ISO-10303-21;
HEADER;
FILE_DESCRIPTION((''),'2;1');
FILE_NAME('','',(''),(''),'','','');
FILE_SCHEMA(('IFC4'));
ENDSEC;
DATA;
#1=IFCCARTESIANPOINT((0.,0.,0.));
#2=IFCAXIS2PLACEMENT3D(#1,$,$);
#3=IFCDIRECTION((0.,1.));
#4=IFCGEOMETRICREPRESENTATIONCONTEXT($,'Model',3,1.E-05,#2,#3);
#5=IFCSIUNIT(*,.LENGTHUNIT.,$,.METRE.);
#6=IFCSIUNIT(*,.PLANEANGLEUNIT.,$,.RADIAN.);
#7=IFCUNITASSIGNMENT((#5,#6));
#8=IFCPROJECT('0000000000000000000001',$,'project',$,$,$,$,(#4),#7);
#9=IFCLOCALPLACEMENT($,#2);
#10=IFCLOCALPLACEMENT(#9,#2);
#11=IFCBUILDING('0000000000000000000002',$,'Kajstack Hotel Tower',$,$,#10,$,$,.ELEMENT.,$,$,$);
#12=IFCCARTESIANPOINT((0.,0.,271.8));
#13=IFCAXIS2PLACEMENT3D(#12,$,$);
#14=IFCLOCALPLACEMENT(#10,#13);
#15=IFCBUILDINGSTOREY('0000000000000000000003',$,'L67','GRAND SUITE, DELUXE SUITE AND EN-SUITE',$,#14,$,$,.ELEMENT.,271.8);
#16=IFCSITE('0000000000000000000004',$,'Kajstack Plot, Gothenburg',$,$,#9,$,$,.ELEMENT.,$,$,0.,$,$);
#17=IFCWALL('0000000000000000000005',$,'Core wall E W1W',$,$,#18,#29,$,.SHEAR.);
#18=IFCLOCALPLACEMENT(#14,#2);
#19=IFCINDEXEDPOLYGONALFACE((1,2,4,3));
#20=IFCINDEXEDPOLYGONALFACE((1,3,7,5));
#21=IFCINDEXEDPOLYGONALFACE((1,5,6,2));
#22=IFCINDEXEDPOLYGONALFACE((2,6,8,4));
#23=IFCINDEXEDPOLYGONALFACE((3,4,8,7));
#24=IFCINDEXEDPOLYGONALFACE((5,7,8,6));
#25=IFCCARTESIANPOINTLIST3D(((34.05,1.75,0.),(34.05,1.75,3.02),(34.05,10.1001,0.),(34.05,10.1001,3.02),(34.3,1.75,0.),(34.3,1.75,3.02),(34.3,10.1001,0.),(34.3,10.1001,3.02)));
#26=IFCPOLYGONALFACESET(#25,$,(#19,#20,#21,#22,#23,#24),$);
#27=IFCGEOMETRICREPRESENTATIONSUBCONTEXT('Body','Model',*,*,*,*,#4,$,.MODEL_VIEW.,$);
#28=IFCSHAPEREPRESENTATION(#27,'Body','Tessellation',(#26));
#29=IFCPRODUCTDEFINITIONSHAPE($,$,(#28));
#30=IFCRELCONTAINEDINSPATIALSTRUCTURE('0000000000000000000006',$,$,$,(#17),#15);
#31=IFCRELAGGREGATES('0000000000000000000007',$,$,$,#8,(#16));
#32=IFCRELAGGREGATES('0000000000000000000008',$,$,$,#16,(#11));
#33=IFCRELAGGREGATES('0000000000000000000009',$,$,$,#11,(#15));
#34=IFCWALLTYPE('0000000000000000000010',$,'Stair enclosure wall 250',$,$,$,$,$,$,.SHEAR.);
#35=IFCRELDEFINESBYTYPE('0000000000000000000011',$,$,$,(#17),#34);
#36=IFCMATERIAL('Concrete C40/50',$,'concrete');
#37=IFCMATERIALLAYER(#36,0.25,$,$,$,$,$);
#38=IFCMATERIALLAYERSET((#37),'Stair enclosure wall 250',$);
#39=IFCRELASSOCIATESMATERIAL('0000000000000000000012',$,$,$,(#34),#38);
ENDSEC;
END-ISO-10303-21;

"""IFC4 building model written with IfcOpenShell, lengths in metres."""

from ifc_helpers import new_model, si_unit, direction, frame, frame_2d, origin, place, context, subcontext, project, spatial, rectangle, extrude, material, layer, layer_set, type_object, element, save


model = new_model("IFC4")

# Units and contexts
model_context = context("Model", 3, precision=1e-05, world=origin(), true_north=direction((0.0, 1.0)))
body_context = subcontext(model_context, "Body", "Model", "MODEL_VIEW")
ifc_project = project(units=[si_unit("LENGTHUNIT", "METRE"), si_unit("PLANEANGLEUNIT", "RADIAN")], contexts=[model_context])

# Site, building, storey
site_placement = place(None, origin())
site = spatial("IfcSite", under=ifc_project, at=site_placement, Name="Kajstack Plot, Gothenburg", CompositionType="ELEMENT", RefElevation=0.0)
building_placement = place(site_placement, origin())
building = spatial("IfcBuilding", under=site, at=building_placement, Name="Kajstack Hotel Tower", CompositionType="ELEMENT")
storey_placement = place(building_placement, frame((0.0, 0.0, 271.8)))
storey = spatial("IfcBuildingStorey", under=building, at=storey_placement, Name="L67", Description="GRAND SUITE, DELUXE SUITE AND EN-SUITE", CompositionType="ELEMENT", Elevation=271.8)

# Shared definitions
ifc_material_1 = material(Name="Concrete C40/50", Category="concrete")

# Wall
ifc_layer_1 = layer(ifc_material_1, 0.25)
ifc_layer_set_1 = layer_set([ifc_layer_1], Name="Stair enclosure wall 250")
wall_type_1 = type_object("IfcWallType", Name="Stair enclosure wall 250", PredefinedType="SHEAR", material=ifc_layer_set_1)
wall_1_placement = place(storey_placement, frame((34.175, 1.75, 0.0), z_axis=(0.0, 0.0, 1.0), x_axis=(0.0, 1.0, 0.0)))
element("IfcWall", 1, at=wall_1_placement, inside=storey, type_object=wall_type_1, Name="Core wall E W1W", PredefinedType="SHEAR", context=body_context, shape_type="SweptSolid", body=[
    extrude(rectangle(XDim=8.3501, YDim=0.25, at=frame_2d((4.175, 0.0))), origin(), (0.0, 0.0, 1.0), 3.02),
])

save(model, "model.ifc")
